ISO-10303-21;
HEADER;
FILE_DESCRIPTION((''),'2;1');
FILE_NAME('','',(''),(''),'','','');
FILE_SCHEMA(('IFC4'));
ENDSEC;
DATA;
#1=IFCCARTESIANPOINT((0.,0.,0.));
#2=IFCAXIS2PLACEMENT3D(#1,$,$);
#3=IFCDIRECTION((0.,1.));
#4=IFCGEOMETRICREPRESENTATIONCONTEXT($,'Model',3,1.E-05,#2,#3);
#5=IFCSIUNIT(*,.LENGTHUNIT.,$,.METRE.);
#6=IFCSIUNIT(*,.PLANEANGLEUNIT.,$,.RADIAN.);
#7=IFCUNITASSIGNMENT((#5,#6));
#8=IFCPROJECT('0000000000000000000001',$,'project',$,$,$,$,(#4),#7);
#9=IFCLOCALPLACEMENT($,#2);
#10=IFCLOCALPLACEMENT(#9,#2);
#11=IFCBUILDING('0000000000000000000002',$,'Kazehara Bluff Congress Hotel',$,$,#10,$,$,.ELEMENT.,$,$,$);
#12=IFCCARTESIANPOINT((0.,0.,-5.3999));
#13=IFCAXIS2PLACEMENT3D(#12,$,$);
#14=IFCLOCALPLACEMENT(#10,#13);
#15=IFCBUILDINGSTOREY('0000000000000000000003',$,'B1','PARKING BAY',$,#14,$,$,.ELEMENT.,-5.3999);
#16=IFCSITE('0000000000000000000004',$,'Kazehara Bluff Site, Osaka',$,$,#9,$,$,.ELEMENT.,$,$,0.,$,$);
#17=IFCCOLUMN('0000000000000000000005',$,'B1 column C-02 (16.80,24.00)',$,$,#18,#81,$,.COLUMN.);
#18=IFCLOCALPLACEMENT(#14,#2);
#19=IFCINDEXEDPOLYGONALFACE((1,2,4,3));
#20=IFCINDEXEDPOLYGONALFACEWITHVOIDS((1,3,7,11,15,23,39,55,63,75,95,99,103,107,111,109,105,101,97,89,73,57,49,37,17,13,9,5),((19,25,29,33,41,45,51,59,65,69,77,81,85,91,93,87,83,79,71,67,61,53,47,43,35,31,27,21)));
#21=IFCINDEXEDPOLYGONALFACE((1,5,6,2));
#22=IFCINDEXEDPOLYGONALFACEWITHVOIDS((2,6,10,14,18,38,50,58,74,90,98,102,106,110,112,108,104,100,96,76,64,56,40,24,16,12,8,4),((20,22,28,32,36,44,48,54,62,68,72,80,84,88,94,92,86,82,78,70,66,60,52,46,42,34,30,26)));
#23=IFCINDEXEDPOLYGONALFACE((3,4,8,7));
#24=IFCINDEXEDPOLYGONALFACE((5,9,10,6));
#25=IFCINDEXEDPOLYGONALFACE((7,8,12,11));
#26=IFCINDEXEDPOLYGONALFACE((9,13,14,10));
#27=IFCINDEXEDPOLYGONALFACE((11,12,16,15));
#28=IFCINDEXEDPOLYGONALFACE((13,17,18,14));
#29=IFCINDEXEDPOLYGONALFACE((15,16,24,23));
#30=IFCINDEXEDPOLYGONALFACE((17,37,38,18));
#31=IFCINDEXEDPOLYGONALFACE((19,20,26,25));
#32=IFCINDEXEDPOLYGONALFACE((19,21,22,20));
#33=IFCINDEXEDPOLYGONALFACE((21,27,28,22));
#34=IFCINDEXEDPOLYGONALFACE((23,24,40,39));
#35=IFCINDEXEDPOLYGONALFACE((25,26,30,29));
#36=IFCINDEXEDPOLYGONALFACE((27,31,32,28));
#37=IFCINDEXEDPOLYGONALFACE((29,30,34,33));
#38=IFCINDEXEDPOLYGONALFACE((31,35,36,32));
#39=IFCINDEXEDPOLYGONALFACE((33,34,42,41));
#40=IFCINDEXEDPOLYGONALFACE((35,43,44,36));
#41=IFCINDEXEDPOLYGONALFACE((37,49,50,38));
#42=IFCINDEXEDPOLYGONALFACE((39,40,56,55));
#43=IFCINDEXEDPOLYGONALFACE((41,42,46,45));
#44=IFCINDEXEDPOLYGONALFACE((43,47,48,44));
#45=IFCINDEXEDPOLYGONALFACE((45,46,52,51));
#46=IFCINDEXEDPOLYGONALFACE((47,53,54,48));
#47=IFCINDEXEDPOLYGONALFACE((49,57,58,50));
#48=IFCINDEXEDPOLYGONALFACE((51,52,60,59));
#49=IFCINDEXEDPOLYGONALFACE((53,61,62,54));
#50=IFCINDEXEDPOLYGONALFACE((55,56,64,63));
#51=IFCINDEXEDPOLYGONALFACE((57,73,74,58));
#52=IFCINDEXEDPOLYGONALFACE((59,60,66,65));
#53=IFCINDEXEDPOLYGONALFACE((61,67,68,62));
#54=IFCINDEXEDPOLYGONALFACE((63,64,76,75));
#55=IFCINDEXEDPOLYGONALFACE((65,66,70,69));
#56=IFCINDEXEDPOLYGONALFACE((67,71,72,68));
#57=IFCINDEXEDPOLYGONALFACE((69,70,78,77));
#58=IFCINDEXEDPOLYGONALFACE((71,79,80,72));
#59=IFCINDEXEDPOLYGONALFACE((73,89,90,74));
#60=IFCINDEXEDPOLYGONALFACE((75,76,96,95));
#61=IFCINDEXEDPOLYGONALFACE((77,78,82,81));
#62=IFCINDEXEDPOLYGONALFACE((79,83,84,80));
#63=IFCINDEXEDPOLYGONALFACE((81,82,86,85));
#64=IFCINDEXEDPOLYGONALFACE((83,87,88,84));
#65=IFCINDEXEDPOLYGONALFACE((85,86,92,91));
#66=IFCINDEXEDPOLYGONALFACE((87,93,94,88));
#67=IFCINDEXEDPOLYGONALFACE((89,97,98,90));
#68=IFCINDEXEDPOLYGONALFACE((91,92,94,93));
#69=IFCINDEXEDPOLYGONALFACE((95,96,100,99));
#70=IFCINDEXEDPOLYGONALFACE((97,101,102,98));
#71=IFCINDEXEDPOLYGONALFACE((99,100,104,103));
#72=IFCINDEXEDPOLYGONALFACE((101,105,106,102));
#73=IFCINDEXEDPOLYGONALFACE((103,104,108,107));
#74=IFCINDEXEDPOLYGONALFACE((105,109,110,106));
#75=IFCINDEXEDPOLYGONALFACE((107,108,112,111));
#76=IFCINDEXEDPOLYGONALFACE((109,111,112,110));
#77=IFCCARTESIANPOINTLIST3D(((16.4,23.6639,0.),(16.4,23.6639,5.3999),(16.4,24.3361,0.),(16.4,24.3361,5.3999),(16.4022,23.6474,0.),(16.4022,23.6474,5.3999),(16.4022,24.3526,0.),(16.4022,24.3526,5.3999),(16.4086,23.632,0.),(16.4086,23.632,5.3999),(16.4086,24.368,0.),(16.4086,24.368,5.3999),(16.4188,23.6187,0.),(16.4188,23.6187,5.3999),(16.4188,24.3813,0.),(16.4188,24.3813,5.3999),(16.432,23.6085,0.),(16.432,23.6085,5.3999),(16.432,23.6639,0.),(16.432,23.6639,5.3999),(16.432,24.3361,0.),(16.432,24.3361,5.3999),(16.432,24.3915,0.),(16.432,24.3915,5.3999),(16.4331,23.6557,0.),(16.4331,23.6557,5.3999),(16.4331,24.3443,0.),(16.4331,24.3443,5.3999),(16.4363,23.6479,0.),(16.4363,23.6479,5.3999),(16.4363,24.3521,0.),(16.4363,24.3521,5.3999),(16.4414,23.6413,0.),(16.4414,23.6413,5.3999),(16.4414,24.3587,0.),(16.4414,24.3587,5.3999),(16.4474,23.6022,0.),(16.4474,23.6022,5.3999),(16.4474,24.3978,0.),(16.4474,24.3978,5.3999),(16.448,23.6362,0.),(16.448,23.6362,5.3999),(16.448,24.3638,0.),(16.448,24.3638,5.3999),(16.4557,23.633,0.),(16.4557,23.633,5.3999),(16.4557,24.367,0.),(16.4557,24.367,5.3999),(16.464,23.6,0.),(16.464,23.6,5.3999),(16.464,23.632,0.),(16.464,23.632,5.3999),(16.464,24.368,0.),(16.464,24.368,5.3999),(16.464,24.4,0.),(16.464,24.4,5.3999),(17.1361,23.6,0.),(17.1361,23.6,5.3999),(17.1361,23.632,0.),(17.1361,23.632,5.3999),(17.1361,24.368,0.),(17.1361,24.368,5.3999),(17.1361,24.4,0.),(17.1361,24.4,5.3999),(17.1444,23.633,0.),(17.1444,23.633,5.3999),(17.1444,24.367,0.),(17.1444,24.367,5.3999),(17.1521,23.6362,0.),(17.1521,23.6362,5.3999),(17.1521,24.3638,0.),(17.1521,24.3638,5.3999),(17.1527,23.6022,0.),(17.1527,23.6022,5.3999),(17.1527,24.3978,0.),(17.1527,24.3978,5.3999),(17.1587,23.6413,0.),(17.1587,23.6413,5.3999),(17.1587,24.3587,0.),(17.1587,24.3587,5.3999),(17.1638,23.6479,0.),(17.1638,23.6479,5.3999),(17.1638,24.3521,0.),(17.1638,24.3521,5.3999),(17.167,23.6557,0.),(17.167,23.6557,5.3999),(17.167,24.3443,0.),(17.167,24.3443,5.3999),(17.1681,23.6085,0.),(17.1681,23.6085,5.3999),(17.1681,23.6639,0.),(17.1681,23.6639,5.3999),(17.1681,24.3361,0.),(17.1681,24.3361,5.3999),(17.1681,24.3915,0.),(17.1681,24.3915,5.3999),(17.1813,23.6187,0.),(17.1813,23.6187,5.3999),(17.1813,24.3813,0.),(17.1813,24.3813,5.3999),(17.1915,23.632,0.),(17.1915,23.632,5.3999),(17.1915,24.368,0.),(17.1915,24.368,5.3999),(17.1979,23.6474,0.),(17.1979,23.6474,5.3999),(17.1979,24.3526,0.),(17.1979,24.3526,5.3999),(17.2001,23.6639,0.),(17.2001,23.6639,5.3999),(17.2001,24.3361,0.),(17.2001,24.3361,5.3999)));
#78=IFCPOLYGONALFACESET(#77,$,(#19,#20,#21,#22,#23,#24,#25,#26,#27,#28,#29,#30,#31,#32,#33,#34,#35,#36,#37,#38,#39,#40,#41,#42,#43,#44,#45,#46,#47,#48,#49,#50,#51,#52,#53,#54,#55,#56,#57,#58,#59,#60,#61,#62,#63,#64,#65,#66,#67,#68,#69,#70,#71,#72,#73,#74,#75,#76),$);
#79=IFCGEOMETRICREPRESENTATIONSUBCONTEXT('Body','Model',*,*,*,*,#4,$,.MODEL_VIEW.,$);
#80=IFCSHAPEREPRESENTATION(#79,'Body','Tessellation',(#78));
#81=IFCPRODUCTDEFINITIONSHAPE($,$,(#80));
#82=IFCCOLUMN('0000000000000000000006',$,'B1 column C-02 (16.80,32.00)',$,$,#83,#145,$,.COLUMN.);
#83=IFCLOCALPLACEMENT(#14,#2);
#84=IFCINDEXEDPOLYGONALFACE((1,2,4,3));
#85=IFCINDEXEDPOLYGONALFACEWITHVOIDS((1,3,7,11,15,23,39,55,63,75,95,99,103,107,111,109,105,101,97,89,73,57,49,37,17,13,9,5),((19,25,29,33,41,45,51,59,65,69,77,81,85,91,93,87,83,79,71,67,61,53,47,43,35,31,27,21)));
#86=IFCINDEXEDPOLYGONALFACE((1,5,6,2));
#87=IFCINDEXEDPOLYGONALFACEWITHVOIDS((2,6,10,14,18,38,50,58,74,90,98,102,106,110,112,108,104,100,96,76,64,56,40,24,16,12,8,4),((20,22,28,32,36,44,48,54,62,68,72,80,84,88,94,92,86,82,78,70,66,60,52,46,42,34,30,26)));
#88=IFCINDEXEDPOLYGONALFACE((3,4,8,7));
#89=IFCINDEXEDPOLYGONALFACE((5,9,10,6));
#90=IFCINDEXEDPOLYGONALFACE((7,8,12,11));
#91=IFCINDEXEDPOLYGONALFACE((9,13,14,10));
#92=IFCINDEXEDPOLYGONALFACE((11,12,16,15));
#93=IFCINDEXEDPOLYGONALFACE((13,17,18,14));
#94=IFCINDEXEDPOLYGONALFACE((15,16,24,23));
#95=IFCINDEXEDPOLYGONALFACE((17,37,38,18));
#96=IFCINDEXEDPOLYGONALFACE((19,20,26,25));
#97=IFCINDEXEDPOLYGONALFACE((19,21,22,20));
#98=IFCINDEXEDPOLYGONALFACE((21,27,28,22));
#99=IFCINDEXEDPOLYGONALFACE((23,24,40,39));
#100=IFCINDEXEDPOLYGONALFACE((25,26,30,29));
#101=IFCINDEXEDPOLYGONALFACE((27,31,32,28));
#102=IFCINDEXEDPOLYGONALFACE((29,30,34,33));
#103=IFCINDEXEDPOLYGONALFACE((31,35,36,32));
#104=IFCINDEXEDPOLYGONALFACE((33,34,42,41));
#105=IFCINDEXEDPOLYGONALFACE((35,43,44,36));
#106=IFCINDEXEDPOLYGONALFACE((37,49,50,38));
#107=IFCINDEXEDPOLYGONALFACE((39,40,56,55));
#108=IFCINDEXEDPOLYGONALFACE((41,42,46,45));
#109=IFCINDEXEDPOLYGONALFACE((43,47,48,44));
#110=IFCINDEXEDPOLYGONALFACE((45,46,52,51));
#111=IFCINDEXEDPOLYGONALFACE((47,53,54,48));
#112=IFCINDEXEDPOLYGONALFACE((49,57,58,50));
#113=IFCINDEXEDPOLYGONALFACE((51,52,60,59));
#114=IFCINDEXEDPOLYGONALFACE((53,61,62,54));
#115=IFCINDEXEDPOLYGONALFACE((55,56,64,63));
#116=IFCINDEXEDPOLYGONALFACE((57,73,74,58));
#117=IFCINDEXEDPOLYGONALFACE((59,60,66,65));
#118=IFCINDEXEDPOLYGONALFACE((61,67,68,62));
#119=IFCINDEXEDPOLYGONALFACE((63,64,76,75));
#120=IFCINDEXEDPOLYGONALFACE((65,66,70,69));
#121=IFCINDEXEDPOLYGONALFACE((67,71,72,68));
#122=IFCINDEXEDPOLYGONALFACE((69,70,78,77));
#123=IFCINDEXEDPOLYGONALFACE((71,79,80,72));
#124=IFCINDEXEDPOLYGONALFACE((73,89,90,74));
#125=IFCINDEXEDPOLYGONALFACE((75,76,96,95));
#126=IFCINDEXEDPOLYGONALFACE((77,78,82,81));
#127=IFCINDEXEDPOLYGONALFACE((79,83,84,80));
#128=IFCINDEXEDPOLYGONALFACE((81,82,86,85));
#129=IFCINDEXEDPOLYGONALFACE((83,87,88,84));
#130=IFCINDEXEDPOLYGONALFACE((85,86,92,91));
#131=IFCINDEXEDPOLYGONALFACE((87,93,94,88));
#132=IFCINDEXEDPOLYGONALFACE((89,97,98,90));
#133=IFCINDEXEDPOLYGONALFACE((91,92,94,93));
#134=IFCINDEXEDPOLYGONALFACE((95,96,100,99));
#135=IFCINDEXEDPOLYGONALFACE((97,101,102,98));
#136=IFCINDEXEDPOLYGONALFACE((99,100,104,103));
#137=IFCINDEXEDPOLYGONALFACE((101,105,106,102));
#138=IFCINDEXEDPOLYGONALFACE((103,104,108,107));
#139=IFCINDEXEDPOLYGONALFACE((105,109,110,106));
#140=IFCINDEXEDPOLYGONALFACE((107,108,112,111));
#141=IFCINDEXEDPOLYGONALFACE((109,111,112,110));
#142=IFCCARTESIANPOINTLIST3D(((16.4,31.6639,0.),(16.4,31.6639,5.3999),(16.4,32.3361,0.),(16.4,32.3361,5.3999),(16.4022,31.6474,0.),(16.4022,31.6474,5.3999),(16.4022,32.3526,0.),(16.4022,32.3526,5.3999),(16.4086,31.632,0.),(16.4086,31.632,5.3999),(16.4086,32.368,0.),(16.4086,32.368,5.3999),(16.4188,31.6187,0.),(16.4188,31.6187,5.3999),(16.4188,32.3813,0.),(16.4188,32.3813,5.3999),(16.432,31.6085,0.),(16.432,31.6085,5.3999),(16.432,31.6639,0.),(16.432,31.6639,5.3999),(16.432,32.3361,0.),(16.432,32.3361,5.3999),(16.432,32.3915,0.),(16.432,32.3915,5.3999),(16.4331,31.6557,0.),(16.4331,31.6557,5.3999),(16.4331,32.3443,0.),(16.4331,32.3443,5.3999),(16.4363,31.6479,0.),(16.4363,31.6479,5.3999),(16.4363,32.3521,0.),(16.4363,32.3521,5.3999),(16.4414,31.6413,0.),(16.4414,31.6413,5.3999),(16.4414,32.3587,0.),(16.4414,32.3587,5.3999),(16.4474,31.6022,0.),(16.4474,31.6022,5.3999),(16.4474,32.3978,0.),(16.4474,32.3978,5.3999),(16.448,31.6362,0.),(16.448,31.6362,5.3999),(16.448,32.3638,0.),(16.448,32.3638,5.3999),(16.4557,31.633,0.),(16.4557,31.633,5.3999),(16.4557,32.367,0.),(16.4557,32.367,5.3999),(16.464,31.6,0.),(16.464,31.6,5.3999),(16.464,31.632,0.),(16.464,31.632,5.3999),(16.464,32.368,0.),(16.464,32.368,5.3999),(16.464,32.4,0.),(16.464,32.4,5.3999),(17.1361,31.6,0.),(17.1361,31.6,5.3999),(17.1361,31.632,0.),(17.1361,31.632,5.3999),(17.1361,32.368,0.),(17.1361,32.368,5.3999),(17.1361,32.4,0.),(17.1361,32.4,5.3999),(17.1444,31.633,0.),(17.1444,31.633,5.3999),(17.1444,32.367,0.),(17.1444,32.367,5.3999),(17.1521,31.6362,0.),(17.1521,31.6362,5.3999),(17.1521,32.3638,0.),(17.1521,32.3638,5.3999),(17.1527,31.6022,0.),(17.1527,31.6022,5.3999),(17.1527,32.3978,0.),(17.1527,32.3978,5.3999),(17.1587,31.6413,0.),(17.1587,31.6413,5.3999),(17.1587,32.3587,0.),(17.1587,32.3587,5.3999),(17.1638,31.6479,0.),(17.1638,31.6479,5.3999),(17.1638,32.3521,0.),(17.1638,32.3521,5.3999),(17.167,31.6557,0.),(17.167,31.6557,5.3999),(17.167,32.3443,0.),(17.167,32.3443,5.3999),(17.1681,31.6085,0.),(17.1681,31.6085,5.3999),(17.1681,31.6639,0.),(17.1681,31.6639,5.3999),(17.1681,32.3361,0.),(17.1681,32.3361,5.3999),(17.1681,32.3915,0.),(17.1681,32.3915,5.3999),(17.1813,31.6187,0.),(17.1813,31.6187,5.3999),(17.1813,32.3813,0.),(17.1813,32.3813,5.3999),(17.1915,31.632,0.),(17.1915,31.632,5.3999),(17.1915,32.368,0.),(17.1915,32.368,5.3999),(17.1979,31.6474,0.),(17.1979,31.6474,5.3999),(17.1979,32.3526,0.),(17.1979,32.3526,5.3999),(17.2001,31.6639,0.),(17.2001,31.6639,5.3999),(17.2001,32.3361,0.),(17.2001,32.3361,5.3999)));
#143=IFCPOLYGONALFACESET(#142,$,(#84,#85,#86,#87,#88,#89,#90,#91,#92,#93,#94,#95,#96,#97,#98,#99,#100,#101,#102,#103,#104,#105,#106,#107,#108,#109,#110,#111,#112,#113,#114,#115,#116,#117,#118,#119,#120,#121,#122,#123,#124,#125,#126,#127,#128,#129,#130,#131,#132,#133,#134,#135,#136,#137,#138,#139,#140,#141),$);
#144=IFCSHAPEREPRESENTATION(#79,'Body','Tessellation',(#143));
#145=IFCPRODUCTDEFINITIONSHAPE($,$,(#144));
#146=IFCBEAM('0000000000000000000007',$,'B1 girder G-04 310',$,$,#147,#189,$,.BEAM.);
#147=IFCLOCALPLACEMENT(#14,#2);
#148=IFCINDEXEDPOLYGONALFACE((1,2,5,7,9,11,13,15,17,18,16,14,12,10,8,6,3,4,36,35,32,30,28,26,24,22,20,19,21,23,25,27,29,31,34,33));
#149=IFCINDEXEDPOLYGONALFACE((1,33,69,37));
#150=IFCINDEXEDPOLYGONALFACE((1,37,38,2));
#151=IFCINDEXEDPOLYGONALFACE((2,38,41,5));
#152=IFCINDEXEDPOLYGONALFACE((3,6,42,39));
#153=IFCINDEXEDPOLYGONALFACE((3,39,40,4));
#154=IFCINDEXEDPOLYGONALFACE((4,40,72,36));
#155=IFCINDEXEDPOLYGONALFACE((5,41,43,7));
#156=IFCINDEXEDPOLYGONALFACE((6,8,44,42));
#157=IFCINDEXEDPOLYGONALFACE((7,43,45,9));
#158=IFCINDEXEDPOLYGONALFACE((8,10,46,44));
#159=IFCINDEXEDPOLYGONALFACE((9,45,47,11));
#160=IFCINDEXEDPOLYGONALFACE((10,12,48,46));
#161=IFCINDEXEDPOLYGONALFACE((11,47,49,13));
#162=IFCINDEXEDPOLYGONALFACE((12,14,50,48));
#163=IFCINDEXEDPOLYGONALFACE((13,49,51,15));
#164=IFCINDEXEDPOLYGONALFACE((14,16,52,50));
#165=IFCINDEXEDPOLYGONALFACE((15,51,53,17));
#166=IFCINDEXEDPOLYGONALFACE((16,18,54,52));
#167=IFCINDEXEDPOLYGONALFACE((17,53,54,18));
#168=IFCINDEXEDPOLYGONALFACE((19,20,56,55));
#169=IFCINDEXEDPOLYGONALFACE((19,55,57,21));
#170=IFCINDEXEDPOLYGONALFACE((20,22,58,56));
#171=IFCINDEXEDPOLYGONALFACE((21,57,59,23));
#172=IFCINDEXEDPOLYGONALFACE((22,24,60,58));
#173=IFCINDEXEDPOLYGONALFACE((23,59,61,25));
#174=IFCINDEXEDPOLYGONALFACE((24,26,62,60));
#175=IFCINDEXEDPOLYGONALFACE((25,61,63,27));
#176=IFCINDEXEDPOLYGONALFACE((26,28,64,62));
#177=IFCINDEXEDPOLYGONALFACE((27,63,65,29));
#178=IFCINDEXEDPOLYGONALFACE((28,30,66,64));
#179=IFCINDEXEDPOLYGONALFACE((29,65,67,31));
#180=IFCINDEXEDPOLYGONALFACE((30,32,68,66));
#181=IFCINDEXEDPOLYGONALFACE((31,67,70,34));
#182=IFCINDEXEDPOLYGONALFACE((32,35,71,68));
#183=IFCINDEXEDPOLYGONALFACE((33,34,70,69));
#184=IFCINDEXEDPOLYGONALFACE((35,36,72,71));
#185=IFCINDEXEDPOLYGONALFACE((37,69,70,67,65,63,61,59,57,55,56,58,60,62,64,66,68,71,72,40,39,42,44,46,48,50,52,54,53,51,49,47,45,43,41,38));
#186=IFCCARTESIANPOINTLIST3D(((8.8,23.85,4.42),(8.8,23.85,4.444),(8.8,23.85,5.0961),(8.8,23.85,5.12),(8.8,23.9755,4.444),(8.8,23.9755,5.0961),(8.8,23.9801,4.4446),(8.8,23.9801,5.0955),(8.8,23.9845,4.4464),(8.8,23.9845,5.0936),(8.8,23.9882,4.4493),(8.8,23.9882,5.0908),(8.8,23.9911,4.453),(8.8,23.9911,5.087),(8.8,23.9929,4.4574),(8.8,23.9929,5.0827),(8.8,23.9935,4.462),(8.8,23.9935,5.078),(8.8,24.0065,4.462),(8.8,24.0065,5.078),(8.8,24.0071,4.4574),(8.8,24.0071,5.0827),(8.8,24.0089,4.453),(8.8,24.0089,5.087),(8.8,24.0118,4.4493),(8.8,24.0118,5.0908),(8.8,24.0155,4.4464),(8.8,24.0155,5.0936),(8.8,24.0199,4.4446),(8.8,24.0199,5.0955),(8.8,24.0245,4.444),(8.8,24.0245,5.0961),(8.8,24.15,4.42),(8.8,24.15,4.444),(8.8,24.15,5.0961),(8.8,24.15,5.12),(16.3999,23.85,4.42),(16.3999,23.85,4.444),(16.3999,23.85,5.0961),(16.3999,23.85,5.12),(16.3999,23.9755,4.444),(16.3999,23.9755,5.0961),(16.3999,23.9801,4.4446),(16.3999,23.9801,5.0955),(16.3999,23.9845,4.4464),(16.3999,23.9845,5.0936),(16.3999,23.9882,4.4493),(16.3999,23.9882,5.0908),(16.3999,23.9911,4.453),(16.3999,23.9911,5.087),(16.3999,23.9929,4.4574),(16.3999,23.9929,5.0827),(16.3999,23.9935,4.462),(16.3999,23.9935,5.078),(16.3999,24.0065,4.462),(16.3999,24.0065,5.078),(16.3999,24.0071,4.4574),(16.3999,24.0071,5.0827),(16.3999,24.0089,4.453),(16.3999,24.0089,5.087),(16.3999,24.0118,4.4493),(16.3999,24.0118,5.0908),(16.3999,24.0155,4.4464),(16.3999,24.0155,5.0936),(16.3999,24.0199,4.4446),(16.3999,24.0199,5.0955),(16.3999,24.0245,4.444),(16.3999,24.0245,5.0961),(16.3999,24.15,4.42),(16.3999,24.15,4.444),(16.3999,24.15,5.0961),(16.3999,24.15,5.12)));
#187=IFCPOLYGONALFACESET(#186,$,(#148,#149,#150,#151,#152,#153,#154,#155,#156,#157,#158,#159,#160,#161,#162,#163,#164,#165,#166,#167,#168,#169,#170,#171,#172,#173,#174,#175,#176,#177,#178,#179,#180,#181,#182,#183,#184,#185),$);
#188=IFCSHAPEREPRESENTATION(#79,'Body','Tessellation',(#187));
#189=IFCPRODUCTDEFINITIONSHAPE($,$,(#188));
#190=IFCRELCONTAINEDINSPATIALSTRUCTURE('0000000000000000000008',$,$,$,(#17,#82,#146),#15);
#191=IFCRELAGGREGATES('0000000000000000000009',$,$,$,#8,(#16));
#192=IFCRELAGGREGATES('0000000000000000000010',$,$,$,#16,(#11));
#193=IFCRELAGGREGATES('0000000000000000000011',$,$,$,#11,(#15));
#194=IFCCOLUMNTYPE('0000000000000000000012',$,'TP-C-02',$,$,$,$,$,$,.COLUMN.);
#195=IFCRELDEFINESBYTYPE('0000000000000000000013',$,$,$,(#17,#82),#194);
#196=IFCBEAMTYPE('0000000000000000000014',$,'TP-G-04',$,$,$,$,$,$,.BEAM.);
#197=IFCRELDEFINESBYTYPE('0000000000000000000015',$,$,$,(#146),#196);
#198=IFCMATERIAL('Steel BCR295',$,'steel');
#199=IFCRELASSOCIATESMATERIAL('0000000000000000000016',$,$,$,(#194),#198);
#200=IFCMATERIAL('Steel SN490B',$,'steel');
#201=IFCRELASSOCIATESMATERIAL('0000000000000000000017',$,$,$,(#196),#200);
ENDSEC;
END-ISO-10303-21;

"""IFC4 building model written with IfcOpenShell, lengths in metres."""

from ifc_helpers import new_model, si_unit, direction, frame, origin, origin_2d, place, context, subcontext, project, spatial, hollow_rectangle, i_section, extrude, material, material_profile, profile_set, type_object, element, save


model = new_model("IFC4")

# Units and contexts
model_context = context("Model", 3, precision=1e-05, world=origin(), true_north=direction((0.0, 1.0)))
body_context = subcontext(model_context, "Body", "Model", "MODEL_VIEW")
ifc_project = project(units=[si_unit("LENGTHUNIT", "METRE"), si_unit("PLANEANGLEUNIT", "RADIAN")], contexts=[model_context])

# Site, building, storey
site_placement = place(None, origin())
site = spatial("IfcSite", under=ifc_project, at=site_placement, Name="Kazehara Bluff Site, Osaka", CompositionType="ELEMENT", RefElevation=0.0)
building_placement = place(site_placement, origin())
building = spatial("IfcBuilding", under=site, at=building_placement, Name="Kazehara Bluff Congress Hotel", CompositionType="ELEMENT")
storey_placement = place(building_placement, frame((0.0, 0.0, -5.3999)))
storey = spatial("IfcBuildingStorey", under=building, at=storey_placement, Name="B1", Description="PARKING BAY", CompositionType="ELEMENT", Elevation=-5.3999)

# Columns
ifc_material_1 = material(Name="Steel BCR295", Category="steel")
ifc_material_profile_1 = material_profile(ifc_material_1, hollow_rectangle(XDim=0.8, YDim=0.8, WallThickness=0.032, InnerFilletRadius=0.032, OuterFilletRadius=0.064, at=origin_2d()))
ifc_profile_set_1 = profile_set([ifc_material_profile_1], Name="Steel BCR295")
column_type = type_object("IfcColumnType", Name="TP-C-02", PredefinedType="COLUMN", material=ifc_profile_set_1)
for number, where, z_axis, x_axis, name in (
    (1, (16.8, 24.0, 0.0), (0.0, 0.0, 1.0), (1.0, 0.0, 0.0), "B1 column C-02 (16.80,24.00)"),
    (2, (16.8, 32.0, 0.0), (0.0, 0.0, 1.0), (1.0, 0.0, 0.0), "B1 column C-02 (16.80,32.00)"),
):
    element("IfcColumn", number, at=place(storey_placement, frame(where, z_axis=z_axis, x_axis=x_axis)), inside=storey, type_object=column_type, Name=name, PredefinedType="COLUMN", context=body_context, shape_type="SweptSolid", body=[
        extrude(hollow_rectangle(XDim=0.8, YDim=0.8, WallThickness=0.032, InnerFilletRadius=0.032, OuterFilletRadius=0.064, at=origin_2d()), origin(), (0.0, 0.0, 1.0), 5.3999),
    ])

# Beam
ifc_material_2 = material(Name="Steel SN490B", Category="steel")
ifc_material_profile_2 = material_profile(ifc_material_2, i_section(OverallWidth=0.3, OverallDepth=0.7, WebThickness=0.0129, FlangeThickness=0.0239, FilletRadius=0.0181, at=origin_2d()))
ifc_profile_set_2 = profile_set([ifc_material_profile_2], Name="Steel SN490B")
beam_type_1 = type_object("IfcBeamType", Name="TP-G-04", PredefinedType="BEAM", material=ifc_profile_set_2)
beam_1_placement = place(storey_placement, frame((8.8, 24.0, 4.77), z_axis=(1.0, 0.0, 0.0), x_axis=(0.0, 1.0, 0.0)))
element("IfcBeam", 3, at=beam_1_placement, inside=storey, type_object=beam_type_1, Name="B1 girder G-04 310", PredefinedType="BEAM", context=body_context, shape_type="SweptSolid", body=[
    extrude(i_section(OverallWidth=0.3, OverallDepth=0.7, WebThickness=0.0129, FlangeThickness=0.0239, FilletRadius=0.0181, at=origin_2d()), origin(), (0.0, 0.0, 1.0), 7.5999),
])

save(model, "model.ifc")
